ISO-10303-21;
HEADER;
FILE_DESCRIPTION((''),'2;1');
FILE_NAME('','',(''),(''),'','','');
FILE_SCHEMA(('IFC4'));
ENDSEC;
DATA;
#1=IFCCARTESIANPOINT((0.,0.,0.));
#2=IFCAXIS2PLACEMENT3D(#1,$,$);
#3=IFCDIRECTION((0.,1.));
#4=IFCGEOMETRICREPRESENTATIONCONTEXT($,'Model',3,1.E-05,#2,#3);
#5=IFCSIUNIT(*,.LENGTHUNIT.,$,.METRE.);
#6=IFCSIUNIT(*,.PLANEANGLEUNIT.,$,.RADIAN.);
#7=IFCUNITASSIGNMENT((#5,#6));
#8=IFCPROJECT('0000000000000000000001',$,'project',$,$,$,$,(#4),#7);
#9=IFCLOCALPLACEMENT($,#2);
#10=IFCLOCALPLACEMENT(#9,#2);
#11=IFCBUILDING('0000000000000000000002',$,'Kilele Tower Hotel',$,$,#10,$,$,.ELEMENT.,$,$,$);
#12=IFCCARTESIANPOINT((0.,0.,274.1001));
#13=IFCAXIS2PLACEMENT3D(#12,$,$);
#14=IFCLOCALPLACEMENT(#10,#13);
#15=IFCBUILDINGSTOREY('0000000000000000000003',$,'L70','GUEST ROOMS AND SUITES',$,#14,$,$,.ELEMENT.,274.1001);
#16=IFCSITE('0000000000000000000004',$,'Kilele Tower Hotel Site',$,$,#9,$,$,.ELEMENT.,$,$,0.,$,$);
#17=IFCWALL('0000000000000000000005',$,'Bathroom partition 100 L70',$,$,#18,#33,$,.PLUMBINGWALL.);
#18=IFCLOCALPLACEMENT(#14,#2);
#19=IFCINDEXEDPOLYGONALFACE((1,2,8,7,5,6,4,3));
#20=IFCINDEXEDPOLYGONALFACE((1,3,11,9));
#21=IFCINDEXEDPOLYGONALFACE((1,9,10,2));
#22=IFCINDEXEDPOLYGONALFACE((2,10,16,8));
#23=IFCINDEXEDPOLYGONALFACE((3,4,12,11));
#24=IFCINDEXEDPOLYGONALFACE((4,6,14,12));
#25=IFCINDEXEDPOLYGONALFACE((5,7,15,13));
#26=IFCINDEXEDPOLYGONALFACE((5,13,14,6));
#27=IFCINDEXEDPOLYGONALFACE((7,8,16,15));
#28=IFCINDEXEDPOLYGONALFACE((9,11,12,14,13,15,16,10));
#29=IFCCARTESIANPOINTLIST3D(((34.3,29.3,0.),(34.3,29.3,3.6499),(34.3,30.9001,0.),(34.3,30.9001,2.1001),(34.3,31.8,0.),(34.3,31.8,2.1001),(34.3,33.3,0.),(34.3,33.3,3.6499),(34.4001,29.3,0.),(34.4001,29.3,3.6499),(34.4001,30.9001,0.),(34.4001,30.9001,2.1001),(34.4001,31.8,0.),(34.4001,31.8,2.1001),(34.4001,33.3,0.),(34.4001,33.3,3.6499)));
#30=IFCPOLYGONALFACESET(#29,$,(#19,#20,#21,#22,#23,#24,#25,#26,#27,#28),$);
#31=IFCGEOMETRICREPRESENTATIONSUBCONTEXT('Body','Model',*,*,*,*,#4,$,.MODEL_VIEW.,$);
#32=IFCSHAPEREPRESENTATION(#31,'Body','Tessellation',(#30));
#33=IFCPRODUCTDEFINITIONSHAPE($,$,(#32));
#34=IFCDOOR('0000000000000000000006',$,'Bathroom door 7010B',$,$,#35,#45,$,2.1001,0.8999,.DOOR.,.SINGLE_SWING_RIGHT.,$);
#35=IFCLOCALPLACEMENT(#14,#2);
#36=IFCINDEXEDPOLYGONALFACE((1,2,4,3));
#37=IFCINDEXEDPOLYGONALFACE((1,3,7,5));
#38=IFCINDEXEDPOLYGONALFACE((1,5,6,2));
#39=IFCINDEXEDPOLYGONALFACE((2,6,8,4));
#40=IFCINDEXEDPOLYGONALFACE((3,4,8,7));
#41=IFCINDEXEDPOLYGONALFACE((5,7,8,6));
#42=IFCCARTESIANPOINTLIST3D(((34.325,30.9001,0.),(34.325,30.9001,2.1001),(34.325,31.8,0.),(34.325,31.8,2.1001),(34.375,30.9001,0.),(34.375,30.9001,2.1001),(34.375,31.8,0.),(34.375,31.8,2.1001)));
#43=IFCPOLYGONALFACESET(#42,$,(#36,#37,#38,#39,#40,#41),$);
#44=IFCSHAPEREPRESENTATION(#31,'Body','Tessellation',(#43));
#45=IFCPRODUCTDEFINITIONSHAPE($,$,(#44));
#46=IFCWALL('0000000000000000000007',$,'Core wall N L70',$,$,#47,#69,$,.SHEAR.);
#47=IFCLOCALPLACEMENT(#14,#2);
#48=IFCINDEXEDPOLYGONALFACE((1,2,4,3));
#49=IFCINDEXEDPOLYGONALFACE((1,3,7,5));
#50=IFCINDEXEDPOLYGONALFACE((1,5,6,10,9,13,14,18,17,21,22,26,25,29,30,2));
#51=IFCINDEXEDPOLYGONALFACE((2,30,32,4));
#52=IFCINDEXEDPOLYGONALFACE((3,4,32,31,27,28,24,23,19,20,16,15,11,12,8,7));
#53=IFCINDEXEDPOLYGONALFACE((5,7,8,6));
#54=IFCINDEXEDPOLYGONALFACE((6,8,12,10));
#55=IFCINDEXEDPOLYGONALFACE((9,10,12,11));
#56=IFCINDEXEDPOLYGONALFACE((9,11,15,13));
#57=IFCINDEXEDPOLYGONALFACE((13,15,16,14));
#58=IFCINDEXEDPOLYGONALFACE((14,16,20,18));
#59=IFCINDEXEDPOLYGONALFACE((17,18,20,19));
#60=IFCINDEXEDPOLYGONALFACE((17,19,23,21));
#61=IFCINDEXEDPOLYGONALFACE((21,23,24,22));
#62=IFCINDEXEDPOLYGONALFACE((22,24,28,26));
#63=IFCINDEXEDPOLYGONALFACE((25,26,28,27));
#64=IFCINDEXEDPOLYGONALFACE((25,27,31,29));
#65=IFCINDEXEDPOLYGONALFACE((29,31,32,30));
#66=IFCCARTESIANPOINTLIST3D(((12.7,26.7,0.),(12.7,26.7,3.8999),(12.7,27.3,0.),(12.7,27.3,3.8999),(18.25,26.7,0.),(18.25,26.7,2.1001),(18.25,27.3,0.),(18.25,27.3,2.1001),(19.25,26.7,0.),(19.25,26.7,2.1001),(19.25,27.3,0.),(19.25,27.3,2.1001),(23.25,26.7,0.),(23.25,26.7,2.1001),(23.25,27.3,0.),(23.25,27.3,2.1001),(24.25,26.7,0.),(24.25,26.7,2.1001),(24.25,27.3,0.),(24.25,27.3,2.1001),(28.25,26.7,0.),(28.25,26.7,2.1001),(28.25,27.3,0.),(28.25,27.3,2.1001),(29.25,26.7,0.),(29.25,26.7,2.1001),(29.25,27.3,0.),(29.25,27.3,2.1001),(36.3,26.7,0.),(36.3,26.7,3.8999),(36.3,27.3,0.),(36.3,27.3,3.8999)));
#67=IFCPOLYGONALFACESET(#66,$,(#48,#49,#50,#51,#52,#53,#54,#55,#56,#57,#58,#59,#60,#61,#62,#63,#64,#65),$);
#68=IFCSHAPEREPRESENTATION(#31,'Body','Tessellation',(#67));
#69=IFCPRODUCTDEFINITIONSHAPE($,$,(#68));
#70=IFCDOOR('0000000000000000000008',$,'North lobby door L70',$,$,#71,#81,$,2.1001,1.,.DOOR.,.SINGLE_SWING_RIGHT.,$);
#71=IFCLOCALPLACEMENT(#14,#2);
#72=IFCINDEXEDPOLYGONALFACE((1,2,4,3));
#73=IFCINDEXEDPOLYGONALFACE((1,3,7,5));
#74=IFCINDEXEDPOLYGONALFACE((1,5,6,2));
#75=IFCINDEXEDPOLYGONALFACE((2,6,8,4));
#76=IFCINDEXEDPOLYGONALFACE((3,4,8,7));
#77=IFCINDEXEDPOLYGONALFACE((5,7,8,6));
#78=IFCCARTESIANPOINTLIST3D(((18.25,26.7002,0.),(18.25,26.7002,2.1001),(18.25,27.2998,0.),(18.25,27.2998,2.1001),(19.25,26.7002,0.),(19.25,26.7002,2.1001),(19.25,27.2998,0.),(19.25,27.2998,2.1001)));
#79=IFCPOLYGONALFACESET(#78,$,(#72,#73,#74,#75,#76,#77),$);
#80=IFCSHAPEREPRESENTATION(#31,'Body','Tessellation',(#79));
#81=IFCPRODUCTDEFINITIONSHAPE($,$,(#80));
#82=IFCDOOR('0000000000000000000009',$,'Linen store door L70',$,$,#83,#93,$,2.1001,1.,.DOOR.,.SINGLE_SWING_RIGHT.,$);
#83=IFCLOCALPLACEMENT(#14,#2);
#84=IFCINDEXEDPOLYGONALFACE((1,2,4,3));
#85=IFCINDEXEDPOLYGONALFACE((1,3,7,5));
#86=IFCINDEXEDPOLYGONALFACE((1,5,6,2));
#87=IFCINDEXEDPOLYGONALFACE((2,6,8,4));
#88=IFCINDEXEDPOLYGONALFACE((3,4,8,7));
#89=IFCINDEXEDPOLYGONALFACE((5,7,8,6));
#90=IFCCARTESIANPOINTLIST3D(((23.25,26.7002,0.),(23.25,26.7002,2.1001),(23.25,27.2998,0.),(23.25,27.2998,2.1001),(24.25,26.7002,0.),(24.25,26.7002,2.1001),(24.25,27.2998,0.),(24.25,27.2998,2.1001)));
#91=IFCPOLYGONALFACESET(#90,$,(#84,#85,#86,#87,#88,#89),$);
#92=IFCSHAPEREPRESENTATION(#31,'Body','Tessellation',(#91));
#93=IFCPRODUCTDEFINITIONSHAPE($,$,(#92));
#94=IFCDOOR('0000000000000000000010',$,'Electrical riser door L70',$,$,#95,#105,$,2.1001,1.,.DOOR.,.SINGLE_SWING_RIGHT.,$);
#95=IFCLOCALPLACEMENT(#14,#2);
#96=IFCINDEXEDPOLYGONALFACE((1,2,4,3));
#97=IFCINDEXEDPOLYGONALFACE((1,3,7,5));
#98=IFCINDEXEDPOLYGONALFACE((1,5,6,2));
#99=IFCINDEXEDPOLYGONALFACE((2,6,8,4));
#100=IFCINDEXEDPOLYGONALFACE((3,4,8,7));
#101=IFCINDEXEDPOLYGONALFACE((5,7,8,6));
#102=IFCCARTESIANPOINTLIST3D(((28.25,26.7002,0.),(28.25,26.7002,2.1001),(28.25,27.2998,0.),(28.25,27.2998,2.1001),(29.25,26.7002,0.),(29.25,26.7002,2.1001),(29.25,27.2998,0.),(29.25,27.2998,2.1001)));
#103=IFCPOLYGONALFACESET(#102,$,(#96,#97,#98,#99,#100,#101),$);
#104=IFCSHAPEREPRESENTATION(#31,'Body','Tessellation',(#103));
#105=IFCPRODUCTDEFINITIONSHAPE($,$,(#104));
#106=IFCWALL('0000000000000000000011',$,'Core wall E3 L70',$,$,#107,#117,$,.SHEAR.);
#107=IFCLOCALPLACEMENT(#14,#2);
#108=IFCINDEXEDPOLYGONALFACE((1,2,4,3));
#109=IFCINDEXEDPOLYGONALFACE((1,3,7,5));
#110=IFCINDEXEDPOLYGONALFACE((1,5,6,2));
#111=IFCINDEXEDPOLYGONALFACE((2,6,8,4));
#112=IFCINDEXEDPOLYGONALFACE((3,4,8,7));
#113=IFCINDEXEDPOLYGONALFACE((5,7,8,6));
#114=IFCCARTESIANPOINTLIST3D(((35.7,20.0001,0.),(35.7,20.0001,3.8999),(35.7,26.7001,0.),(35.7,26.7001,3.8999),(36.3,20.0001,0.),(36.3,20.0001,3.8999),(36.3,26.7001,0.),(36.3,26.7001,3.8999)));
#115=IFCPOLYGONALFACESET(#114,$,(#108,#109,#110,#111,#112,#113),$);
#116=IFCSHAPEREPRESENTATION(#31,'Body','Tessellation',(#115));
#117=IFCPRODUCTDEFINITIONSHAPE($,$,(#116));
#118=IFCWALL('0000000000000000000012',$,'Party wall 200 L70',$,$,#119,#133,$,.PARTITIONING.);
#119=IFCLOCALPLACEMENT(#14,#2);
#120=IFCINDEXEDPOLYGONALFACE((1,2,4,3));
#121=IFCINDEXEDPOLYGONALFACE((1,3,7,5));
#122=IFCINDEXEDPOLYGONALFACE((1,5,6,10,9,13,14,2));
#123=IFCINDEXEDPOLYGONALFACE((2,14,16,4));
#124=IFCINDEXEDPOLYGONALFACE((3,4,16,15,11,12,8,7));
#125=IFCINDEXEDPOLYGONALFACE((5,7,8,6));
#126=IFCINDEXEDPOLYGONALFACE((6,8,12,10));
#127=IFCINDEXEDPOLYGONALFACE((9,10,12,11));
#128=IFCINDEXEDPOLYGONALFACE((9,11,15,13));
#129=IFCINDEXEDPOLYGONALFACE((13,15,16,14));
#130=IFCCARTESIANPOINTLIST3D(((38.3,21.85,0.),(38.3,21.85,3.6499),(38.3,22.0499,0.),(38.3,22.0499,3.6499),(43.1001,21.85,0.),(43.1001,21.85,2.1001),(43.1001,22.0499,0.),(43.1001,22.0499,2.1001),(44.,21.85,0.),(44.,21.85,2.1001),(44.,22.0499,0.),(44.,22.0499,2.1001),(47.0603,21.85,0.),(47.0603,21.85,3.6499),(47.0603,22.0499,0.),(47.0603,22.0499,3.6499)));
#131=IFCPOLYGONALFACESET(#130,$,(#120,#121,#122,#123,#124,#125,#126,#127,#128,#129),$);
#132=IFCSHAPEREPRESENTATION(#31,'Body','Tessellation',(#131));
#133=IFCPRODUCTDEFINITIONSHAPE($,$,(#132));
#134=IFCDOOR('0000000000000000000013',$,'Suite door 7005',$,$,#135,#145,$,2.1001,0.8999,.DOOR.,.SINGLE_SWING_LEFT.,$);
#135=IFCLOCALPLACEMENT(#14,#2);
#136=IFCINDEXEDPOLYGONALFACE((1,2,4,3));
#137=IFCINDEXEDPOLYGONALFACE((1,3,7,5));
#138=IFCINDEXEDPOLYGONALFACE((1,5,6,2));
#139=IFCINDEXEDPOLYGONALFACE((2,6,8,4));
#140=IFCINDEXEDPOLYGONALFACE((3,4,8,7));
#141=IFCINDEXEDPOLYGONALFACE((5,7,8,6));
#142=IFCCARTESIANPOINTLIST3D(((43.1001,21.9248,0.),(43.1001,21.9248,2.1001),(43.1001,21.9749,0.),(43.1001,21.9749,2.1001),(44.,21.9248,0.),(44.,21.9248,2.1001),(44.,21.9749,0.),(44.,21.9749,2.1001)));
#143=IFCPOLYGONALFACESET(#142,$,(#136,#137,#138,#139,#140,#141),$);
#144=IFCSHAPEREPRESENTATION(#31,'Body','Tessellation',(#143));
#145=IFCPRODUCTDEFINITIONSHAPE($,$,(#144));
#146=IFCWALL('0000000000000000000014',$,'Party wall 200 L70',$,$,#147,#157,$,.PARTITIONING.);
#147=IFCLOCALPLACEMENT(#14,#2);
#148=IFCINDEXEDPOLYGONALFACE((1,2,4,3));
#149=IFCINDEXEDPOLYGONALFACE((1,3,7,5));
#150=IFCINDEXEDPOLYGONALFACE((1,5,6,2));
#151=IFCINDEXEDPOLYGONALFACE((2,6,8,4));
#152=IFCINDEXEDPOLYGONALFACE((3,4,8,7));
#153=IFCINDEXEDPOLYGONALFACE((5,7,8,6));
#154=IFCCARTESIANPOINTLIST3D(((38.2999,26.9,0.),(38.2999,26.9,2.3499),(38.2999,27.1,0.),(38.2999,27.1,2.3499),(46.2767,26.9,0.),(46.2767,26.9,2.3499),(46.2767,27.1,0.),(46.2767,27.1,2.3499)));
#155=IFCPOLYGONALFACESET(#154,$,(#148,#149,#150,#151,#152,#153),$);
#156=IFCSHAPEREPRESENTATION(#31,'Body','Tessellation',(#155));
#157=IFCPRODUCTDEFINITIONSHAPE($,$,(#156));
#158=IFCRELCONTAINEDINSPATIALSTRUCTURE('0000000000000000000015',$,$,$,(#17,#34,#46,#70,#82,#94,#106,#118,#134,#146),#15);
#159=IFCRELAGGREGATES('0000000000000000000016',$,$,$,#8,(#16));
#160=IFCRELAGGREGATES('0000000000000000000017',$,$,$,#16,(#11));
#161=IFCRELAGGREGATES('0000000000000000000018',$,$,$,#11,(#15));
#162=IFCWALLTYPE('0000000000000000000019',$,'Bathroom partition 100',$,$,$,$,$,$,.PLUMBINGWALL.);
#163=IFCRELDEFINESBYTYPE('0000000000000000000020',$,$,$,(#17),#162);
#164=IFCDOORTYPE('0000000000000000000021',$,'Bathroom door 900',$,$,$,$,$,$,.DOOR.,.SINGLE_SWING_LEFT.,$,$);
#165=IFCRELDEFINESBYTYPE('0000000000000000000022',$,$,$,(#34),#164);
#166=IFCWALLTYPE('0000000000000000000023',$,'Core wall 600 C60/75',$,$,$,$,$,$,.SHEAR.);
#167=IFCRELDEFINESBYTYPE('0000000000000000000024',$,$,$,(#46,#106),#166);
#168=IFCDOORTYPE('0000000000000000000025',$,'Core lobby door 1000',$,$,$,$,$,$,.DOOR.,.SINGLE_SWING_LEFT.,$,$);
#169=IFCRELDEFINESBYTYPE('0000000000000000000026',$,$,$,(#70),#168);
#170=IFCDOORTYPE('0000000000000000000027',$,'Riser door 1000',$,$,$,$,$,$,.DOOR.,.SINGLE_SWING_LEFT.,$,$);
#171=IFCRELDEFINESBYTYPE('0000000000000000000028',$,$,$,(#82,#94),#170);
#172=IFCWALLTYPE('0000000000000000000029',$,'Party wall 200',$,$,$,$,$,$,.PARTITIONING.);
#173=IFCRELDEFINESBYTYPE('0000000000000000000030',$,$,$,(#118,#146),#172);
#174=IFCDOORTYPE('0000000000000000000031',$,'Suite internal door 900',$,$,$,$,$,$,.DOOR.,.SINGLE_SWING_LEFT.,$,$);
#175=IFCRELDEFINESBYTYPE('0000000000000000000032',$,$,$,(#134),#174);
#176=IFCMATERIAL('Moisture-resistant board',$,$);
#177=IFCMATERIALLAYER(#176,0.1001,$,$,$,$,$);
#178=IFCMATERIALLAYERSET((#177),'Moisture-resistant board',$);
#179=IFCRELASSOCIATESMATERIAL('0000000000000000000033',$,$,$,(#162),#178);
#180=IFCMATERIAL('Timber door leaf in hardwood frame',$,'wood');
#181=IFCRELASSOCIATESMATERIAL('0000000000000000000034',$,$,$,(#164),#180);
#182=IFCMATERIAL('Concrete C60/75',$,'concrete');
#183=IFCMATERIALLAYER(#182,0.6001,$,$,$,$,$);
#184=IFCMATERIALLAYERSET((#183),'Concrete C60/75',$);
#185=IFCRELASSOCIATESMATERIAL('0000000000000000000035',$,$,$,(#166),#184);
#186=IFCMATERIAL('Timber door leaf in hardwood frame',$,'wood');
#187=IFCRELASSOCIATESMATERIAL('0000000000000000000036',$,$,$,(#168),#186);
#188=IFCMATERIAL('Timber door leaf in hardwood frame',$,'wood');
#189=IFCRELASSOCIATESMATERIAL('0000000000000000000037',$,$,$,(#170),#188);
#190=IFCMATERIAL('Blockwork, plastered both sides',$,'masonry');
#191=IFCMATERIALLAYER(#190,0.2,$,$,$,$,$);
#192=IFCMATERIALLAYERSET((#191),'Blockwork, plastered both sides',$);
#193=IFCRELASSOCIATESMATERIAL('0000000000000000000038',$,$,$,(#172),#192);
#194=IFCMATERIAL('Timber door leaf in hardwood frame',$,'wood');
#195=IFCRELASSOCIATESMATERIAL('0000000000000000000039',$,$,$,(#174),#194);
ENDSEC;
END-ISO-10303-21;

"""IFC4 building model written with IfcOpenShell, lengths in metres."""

from ifc_helpers import new_model, si_unit, direction, frame, frame_2d, origin, place, context, subcontext, project, spatial, rectangle, extrude, material, layer, layer_set, type_object, element, fill, save


model = new_model("IFC4")

# Units and contexts
model_context = context("Model", 3, precision=1e-05, world=origin(), true_north=direction((0.0, 1.0)))
body_context = subcontext(model_context, "Body", "Model", "MODEL_VIEW")
ifc_project = project(units=[si_unit("LENGTHUNIT", "METRE"), si_unit("PLANEANGLEUNIT", "RADIAN")], contexts=[model_context])

# Site, building, storey
site_placement = place(None, origin())
site = spatial("IfcSite", under=ifc_project, at=site_placement, Name="Kilele Tower Hotel Site", CompositionType="ELEMENT", RefElevation=0.0)
building_placement = place(site_placement, origin())
building = spatial("IfcBuilding", under=site, at=building_placement, Name="Kilele Tower Hotel", CompositionType="ELEMENT")
storey_placement = place(building_placement, frame((0.0, 0.0, 274.1001)))
storey = spatial("IfcBuildingStorey", under=building, at=storey_placement, Name="L70", Description="GUEST ROOMS AND SUITES", CompositionType="ELEMENT", Elevation=274.1001)

# Shared definitions
ifc_material_1 = material(Name="Moisture-resistant board")
ifc_layer_1 = layer(ifc_material_1, 0.1001)
ifc_layer_set_1 = layer_set([ifc_layer_1], Name="Moisture-resistant board")
wall_type_1 = type_object("IfcWallType", Name="Bathroom partition 100", PredefinedType="PLUMBINGWALL", material=ifc_layer_set_1)
ifc_material_2 = material(Name="Timber door leaf in hardwood frame", Category="wood")
door_type_1 = type_object("IfcDoorType", Name="Bathroom door 900", OperationType="SINGLE_SWING_LEFT", PredefinedType="DOOR", material=ifc_material_2)

# Wall, opening, door
wall_1_placement = place(storey_placement, frame((34.3501, 29.3, 0.0), z_axis=(0.0, 0.0, 1.0), x_axis=(0.0, 1.0, 0.0)))
wall_1 = element("IfcWall", 1, at=wall_1_placement, inside=storey, type_object=wall_type_1, Name="Bathroom partition 100 L70", PredefinedType="PLUMBINGWALL", context=body_context, shape_type="SweptSolid", body=[
    extrude(rectangle(XDim=4.0, YDim=0.1001, at=frame_2d((2.0, 0.0))), origin(), (0.0, 0.0, 1.0), 3.6499),
])
opening_1_placement = place(wall_1_placement, frame((2.5, 0.0, 0.0), z_axis=(0.0, 0.0, 1.0), x_axis=(-1.0, 0.0, 0.0)))
opening_1 = element("IfcOpeningElement", 2, at=opening_1_placement, cuts=wall_1, PredefinedType="OPENING", context=body_context, shape_type="SweptSolid", body=[
    extrude(rectangle(XDim=0.8999, YDim=2.1001, at=frame_2d((0.45, 1.05))), frame((0.0, 0.0601, 0.0), z_axis=(0.0, -1.0, 0.0), x_axis=(1.0, 0.0, 0.0)), (0.0, 0.0, 1.0), 0.1201),
])
door_1_placement = place(opening_1_placement, origin())
door_1 = element("IfcDoor", 3, at=door_1_placement, inside=storey, type_object=door_type_1, Name="Bathroom door 7010B", OperationType="SINGLE_SWING_RIGHT", OverallHeight=2.1001, OverallWidth=0.8999, PredefinedType="DOOR", context=body_context, shape_type="SweptSolid", body=[
    extrude(rectangle(XDim=0.8999, YDim=2.1001, at=frame_2d((0.45, 1.05))), frame((0.0, 0.0249, 0.0), z_axis=(0.0, -1.0, 0.0), x_axis=(1.0, 0.0, 0.0)), (0.0, 0.0, 1.0), 0.05),
])
fill(opening_1, door_1)

# Wall, openings, doors
ifc_material_3 = material(Name="Concrete C60/75", Category="concrete")
ifc_layer_2 = layer(ifc_material_3, 0.6001)
ifc_layer_set_2 = layer_set([ifc_layer_2], Name="Concrete C60/75")
wall_type_2 = type_object("IfcWallType", Name="Core wall 600 C60/75", PredefinedType="SHEAR", material=ifc_layer_set_2)
wall_2_placement = place(storey_placement, frame((36.3, 27.0, 0.0), z_axis=(0.0, 0.0, 1.0), x_axis=(-1.0, 0.0, 0.0)))
wall_2 = element("IfcWall", 4, at=wall_2_placement, inside=storey, type_object=wall_type_2, Name="Core wall N L70", PredefinedType="SHEAR", context=body_context, shape_type="SweptSolid", body=[
    extrude(rectangle(XDim=23.6001, YDim=0.6001, at=frame_2d((11.8, 0.0))), origin(), (0.0, 0.0, 1.0), 3.8999),
])
opening_2_placement = place(wall_2_placement, frame((17.05, 0.0, 0.0)))
opening_2 = element("IfcOpeningElement", 5, at=opening_2_placement, cuts=wall_2, PredefinedType="OPENING", context=body_context, shape_type="SweptSolid", body=[
    extrude(rectangle(XDim=1.0, YDim=2.1001, at=frame_2d((0.5, 1.05))), frame((0.0, 0.3101, 0.0), z_axis=(0.0, -1.0, 0.0), x_axis=(1.0, 0.0, 0.0)), (0.0, 0.0, 1.0), 0.6201),
])
opening_3_placement = place(wall_2_placement, frame((12.05, 0.0, 0.0)))
opening_3 = element("IfcOpeningElement", 6, at=opening_3_placement, cuts=wall_2, PredefinedType="OPENING", context=body_context, shape_type="SweptSolid", body=[
    extrude(rectangle(XDim=1.0, YDim=2.1001, at=frame_2d((0.5, 1.05))), frame((0.0, 0.3101, 0.0), z_axis=(0.0, -1.0, 0.0), x_axis=(1.0, 0.0, 0.0)), (0.0, 0.0, 1.0), 0.6201),
])
opening_4_placement = place(wall_2_placement, frame((7.05, 0.0, 0.0)))
opening_4 = element("IfcOpeningElement", 7, at=opening_4_placement, cuts=wall_2, PredefinedType="OPENING", context=body_context, shape_type="SweptSolid", body=[
    extrude(rectangle(XDim=1.0, YDim=2.1001, at=frame_2d((0.5, 1.05))), frame((0.0, 0.3101, 0.0), z_axis=(0.0, -1.0, 0.0), x_axis=(1.0, 0.0, 0.0)), (0.0, 0.0, 1.0), 0.6201),
])
ifc_material_4 = material(Name="Timber door leaf in hardwood frame", Category="wood")
door_type_2 = type_object("IfcDoorType", Name="Core lobby door 1000", OperationType="SINGLE_SWING_LEFT", PredefinedType="DOOR", material=ifc_material_4)
door_2_placement = place(opening_2_placement, origin())
door_2 = element("IfcDoor", 8, at=door_2_placement, inside=storey, type_object=door_type_2, Name="North lobby door L70", OperationType="SINGLE_SWING_RIGHT", OverallHeight=2.1001, OverallWidth=1.0, PredefinedType="DOOR", context=body_context, shape_type="SweptSolid", body=[
    extrude(rectangle(XDim=1.0, YDim=2.1001, at=frame_2d((0.5, 1.05))), frame((0.0, 0.2998, 0.0), z_axis=(0.0, -1.0, 0.0), x_axis=(1.0, 0.0, 0.0)), (0.0, 0.0, 1.0), 0.5996),
])
fill(opening_2, door_2)
ifc_material_5 = material(Name="Timber door leaf in hardwood frame", Category="wood")
door_type_3 = type_object("IfcDoorType", Name="Riser door 1000", OperationType="SINGLE_SWING_LEFT", PredefinedType="DOOR", material=ifc_material_5)
door_3_placement = place(opening_3_placement, origin())
door_3 = element("IfcDoor", 9, at=door_3_placement, inside=storey, type_object=door_type_3, Name="Linen store door L70", OperationType="SINGLE_SWING_RIGHT", OverallHeight=2.1001, OverallWidth=1.0, PredefinedType="DOOR", context=body_context, shape_type="SweptSolid", body=[
    extrude(rectangle(XDim=1.0, YDim=2.1001, at=frame_2d((0.5, 1.05))), frame((0.0, 0.2998, 0.0), z_axis=(0.0, -1.0, 0.0), x_axis=(1.0, 0.0, 0.0)), (0.0, 0.0, 1.0), 0.5996),
])
fill(opening_3, door_3)
door_4_placement = place(opening_4_placement, origin())
door_4 = element("IfcDoor", 10, at=door_4_placement, inside=storey, type_object=door_type_3, Name="Electrical riser door L70", OperationType="SINGLE_SWING_RIGHT", OverallHeight=2.1001, OverallWidth=1.0, PredefinedType="DOOR", context=body_context, shape_type="SweptSolid", body=[
    extrude(rectangle(XDim=1.0, YDim=2.1001, at=frame_2d((0.5, 1.05))), frame((0.0, 0.2998, 0.0), z_axis=(0.0, -1.0, 0.0), x_axis=(1.0, 0.0, 0.0)), (0.0, 0.0, 1.0), 0.5996),
])
fill(opening_4, door_4)

# Wall
wall_3_placement = place(storey_placement, frame((36.0, 20.0, 0.0), z_axis=(0.0, 0.0, 1.0), x_axis=(0.0, 1.0, 0.0)))
element("IfcWall", 11, at=wall_3_placement, inside=storey, type_object=wall_type_2, Name="Core wall E3 L70", PredefinedType="SHEAR", context=body_context, shape_type="SweptSolid", body=[
    extrude(rectangle(XDim=6.7, YDim=0.6001, at=frame_2d((3.3501, 0.0))), origin(), (0.0, 0.0, 1.0), 3.8999),
])

# Wall, opening, door
ifc_material_6 = material(Name="Blockwork, plastered both sides", Category="masonry")
ifc_layer_3 = layer(ifc_material_6, 0.2)
ifc_layer_set_3 = layer_set([ifc_layer_3], Name="Blockwork, plastered both sides")
wall_type_3 = type_object("IfcWallType", Name="Party wall 200", PredefinedType="PARTITIONING", material=ifc_layer_set_3)
wall_4_placement = place(storey_placement, frame((38.3, 21.95, 0.0), z_axis=(0.0, 0.0, 1.0), x_axis=(1.0, 0.0, 0.0)))
wall_4 = element("IfcWall", 12, at=wall_4_placement, inside=storey, type_object=wall_type_3, Name="Party wall 200 L70", PredefinedType="PARTITIONING", context=body_context, shape_type="SweptSolid", body=[
    extrude(rectangle(XDim=8.7603, YDim=0.2, at=frame_2d((4.3801, 0.0))), origin(), (0.0, 0.0, 1.0), 3.6499),
])
opening_5_placement = place(wall_4_placement, frame((4.8, 0.0, 0.0)))
opening_5 = element("IfcOpeningElement", 13, at=opening_5_placement, cuts=wall_4, PredefinedType="OPENING", context=body_context, shape_type="SweptSolid", body=[
    extrude(rectangle(XDim=0.8999, YDim=2.1001, at=frame_2d((0.45, 1.05))), frame((0.0, 0.1099, 0.0), z_axis=(0.0, -1.0, 0.0), x_axis=(1.0, 0.0, 0.0)), (0.0, 0.0, 1.0), 0.22),
])
ifc_material_7 = material(Name="Timber door leaf in hardwood frame", Category="wood")
door_type_4 = type_object("IfcDoorType", Name="Suite internal door 900", OperationType="SINGLE_SWING_LEFT", PredefinedType="DOOR", material=ifc_material_7)
door_5_placement = place(opening_5_placement, origin())
door_5 = element("IfcDoor", 14, at=door_5_placement, inside=storey, type_object=door_type_4, Name="Suite door 7005", OperationType="SINGLE_SWING_LEFT", OverallHeight=2.1001, OverallWidth=0.8999, PredefinedType="DOOR", context=body_context, shape_type="SweptSolid", body=[
    extrude(rectangle(XDim=0.8999, YDim=2.1001, at=frame_2d((0.45, 1.05))), frame((0.0, 0.0249, 0.0), z_axis=(0.0, -1.0, 0.0), x_axis=(1.0, 0.0, 0.0)), (0.0, 0.0, 1.0), 0.05),
])
fill(opening_5, door_5)

# Wall
wall_5_placement = place(storey_placement, frame((38.3, 27.0, 0.0), z_axis=(0.0, 0.0, 1.0), x_axis=(1.0, 0.0, 0.0)))
element("IfcWall", 15, at=wall_5_placement, inside=storey, type_object=wall_type_3, Name="Party wall 200 L70", PredefinedType="PARTITIONING", context=body_context, shape_type="SweptSolid", body=[
    extrude(rectangle(XDim=7.9768, YDim=0.2, at=frame_2d((3.9883, 0.0))), origin(), (0.0, 0.0, 1.0), 2.3499),
])

save(model, "model.ifc")
